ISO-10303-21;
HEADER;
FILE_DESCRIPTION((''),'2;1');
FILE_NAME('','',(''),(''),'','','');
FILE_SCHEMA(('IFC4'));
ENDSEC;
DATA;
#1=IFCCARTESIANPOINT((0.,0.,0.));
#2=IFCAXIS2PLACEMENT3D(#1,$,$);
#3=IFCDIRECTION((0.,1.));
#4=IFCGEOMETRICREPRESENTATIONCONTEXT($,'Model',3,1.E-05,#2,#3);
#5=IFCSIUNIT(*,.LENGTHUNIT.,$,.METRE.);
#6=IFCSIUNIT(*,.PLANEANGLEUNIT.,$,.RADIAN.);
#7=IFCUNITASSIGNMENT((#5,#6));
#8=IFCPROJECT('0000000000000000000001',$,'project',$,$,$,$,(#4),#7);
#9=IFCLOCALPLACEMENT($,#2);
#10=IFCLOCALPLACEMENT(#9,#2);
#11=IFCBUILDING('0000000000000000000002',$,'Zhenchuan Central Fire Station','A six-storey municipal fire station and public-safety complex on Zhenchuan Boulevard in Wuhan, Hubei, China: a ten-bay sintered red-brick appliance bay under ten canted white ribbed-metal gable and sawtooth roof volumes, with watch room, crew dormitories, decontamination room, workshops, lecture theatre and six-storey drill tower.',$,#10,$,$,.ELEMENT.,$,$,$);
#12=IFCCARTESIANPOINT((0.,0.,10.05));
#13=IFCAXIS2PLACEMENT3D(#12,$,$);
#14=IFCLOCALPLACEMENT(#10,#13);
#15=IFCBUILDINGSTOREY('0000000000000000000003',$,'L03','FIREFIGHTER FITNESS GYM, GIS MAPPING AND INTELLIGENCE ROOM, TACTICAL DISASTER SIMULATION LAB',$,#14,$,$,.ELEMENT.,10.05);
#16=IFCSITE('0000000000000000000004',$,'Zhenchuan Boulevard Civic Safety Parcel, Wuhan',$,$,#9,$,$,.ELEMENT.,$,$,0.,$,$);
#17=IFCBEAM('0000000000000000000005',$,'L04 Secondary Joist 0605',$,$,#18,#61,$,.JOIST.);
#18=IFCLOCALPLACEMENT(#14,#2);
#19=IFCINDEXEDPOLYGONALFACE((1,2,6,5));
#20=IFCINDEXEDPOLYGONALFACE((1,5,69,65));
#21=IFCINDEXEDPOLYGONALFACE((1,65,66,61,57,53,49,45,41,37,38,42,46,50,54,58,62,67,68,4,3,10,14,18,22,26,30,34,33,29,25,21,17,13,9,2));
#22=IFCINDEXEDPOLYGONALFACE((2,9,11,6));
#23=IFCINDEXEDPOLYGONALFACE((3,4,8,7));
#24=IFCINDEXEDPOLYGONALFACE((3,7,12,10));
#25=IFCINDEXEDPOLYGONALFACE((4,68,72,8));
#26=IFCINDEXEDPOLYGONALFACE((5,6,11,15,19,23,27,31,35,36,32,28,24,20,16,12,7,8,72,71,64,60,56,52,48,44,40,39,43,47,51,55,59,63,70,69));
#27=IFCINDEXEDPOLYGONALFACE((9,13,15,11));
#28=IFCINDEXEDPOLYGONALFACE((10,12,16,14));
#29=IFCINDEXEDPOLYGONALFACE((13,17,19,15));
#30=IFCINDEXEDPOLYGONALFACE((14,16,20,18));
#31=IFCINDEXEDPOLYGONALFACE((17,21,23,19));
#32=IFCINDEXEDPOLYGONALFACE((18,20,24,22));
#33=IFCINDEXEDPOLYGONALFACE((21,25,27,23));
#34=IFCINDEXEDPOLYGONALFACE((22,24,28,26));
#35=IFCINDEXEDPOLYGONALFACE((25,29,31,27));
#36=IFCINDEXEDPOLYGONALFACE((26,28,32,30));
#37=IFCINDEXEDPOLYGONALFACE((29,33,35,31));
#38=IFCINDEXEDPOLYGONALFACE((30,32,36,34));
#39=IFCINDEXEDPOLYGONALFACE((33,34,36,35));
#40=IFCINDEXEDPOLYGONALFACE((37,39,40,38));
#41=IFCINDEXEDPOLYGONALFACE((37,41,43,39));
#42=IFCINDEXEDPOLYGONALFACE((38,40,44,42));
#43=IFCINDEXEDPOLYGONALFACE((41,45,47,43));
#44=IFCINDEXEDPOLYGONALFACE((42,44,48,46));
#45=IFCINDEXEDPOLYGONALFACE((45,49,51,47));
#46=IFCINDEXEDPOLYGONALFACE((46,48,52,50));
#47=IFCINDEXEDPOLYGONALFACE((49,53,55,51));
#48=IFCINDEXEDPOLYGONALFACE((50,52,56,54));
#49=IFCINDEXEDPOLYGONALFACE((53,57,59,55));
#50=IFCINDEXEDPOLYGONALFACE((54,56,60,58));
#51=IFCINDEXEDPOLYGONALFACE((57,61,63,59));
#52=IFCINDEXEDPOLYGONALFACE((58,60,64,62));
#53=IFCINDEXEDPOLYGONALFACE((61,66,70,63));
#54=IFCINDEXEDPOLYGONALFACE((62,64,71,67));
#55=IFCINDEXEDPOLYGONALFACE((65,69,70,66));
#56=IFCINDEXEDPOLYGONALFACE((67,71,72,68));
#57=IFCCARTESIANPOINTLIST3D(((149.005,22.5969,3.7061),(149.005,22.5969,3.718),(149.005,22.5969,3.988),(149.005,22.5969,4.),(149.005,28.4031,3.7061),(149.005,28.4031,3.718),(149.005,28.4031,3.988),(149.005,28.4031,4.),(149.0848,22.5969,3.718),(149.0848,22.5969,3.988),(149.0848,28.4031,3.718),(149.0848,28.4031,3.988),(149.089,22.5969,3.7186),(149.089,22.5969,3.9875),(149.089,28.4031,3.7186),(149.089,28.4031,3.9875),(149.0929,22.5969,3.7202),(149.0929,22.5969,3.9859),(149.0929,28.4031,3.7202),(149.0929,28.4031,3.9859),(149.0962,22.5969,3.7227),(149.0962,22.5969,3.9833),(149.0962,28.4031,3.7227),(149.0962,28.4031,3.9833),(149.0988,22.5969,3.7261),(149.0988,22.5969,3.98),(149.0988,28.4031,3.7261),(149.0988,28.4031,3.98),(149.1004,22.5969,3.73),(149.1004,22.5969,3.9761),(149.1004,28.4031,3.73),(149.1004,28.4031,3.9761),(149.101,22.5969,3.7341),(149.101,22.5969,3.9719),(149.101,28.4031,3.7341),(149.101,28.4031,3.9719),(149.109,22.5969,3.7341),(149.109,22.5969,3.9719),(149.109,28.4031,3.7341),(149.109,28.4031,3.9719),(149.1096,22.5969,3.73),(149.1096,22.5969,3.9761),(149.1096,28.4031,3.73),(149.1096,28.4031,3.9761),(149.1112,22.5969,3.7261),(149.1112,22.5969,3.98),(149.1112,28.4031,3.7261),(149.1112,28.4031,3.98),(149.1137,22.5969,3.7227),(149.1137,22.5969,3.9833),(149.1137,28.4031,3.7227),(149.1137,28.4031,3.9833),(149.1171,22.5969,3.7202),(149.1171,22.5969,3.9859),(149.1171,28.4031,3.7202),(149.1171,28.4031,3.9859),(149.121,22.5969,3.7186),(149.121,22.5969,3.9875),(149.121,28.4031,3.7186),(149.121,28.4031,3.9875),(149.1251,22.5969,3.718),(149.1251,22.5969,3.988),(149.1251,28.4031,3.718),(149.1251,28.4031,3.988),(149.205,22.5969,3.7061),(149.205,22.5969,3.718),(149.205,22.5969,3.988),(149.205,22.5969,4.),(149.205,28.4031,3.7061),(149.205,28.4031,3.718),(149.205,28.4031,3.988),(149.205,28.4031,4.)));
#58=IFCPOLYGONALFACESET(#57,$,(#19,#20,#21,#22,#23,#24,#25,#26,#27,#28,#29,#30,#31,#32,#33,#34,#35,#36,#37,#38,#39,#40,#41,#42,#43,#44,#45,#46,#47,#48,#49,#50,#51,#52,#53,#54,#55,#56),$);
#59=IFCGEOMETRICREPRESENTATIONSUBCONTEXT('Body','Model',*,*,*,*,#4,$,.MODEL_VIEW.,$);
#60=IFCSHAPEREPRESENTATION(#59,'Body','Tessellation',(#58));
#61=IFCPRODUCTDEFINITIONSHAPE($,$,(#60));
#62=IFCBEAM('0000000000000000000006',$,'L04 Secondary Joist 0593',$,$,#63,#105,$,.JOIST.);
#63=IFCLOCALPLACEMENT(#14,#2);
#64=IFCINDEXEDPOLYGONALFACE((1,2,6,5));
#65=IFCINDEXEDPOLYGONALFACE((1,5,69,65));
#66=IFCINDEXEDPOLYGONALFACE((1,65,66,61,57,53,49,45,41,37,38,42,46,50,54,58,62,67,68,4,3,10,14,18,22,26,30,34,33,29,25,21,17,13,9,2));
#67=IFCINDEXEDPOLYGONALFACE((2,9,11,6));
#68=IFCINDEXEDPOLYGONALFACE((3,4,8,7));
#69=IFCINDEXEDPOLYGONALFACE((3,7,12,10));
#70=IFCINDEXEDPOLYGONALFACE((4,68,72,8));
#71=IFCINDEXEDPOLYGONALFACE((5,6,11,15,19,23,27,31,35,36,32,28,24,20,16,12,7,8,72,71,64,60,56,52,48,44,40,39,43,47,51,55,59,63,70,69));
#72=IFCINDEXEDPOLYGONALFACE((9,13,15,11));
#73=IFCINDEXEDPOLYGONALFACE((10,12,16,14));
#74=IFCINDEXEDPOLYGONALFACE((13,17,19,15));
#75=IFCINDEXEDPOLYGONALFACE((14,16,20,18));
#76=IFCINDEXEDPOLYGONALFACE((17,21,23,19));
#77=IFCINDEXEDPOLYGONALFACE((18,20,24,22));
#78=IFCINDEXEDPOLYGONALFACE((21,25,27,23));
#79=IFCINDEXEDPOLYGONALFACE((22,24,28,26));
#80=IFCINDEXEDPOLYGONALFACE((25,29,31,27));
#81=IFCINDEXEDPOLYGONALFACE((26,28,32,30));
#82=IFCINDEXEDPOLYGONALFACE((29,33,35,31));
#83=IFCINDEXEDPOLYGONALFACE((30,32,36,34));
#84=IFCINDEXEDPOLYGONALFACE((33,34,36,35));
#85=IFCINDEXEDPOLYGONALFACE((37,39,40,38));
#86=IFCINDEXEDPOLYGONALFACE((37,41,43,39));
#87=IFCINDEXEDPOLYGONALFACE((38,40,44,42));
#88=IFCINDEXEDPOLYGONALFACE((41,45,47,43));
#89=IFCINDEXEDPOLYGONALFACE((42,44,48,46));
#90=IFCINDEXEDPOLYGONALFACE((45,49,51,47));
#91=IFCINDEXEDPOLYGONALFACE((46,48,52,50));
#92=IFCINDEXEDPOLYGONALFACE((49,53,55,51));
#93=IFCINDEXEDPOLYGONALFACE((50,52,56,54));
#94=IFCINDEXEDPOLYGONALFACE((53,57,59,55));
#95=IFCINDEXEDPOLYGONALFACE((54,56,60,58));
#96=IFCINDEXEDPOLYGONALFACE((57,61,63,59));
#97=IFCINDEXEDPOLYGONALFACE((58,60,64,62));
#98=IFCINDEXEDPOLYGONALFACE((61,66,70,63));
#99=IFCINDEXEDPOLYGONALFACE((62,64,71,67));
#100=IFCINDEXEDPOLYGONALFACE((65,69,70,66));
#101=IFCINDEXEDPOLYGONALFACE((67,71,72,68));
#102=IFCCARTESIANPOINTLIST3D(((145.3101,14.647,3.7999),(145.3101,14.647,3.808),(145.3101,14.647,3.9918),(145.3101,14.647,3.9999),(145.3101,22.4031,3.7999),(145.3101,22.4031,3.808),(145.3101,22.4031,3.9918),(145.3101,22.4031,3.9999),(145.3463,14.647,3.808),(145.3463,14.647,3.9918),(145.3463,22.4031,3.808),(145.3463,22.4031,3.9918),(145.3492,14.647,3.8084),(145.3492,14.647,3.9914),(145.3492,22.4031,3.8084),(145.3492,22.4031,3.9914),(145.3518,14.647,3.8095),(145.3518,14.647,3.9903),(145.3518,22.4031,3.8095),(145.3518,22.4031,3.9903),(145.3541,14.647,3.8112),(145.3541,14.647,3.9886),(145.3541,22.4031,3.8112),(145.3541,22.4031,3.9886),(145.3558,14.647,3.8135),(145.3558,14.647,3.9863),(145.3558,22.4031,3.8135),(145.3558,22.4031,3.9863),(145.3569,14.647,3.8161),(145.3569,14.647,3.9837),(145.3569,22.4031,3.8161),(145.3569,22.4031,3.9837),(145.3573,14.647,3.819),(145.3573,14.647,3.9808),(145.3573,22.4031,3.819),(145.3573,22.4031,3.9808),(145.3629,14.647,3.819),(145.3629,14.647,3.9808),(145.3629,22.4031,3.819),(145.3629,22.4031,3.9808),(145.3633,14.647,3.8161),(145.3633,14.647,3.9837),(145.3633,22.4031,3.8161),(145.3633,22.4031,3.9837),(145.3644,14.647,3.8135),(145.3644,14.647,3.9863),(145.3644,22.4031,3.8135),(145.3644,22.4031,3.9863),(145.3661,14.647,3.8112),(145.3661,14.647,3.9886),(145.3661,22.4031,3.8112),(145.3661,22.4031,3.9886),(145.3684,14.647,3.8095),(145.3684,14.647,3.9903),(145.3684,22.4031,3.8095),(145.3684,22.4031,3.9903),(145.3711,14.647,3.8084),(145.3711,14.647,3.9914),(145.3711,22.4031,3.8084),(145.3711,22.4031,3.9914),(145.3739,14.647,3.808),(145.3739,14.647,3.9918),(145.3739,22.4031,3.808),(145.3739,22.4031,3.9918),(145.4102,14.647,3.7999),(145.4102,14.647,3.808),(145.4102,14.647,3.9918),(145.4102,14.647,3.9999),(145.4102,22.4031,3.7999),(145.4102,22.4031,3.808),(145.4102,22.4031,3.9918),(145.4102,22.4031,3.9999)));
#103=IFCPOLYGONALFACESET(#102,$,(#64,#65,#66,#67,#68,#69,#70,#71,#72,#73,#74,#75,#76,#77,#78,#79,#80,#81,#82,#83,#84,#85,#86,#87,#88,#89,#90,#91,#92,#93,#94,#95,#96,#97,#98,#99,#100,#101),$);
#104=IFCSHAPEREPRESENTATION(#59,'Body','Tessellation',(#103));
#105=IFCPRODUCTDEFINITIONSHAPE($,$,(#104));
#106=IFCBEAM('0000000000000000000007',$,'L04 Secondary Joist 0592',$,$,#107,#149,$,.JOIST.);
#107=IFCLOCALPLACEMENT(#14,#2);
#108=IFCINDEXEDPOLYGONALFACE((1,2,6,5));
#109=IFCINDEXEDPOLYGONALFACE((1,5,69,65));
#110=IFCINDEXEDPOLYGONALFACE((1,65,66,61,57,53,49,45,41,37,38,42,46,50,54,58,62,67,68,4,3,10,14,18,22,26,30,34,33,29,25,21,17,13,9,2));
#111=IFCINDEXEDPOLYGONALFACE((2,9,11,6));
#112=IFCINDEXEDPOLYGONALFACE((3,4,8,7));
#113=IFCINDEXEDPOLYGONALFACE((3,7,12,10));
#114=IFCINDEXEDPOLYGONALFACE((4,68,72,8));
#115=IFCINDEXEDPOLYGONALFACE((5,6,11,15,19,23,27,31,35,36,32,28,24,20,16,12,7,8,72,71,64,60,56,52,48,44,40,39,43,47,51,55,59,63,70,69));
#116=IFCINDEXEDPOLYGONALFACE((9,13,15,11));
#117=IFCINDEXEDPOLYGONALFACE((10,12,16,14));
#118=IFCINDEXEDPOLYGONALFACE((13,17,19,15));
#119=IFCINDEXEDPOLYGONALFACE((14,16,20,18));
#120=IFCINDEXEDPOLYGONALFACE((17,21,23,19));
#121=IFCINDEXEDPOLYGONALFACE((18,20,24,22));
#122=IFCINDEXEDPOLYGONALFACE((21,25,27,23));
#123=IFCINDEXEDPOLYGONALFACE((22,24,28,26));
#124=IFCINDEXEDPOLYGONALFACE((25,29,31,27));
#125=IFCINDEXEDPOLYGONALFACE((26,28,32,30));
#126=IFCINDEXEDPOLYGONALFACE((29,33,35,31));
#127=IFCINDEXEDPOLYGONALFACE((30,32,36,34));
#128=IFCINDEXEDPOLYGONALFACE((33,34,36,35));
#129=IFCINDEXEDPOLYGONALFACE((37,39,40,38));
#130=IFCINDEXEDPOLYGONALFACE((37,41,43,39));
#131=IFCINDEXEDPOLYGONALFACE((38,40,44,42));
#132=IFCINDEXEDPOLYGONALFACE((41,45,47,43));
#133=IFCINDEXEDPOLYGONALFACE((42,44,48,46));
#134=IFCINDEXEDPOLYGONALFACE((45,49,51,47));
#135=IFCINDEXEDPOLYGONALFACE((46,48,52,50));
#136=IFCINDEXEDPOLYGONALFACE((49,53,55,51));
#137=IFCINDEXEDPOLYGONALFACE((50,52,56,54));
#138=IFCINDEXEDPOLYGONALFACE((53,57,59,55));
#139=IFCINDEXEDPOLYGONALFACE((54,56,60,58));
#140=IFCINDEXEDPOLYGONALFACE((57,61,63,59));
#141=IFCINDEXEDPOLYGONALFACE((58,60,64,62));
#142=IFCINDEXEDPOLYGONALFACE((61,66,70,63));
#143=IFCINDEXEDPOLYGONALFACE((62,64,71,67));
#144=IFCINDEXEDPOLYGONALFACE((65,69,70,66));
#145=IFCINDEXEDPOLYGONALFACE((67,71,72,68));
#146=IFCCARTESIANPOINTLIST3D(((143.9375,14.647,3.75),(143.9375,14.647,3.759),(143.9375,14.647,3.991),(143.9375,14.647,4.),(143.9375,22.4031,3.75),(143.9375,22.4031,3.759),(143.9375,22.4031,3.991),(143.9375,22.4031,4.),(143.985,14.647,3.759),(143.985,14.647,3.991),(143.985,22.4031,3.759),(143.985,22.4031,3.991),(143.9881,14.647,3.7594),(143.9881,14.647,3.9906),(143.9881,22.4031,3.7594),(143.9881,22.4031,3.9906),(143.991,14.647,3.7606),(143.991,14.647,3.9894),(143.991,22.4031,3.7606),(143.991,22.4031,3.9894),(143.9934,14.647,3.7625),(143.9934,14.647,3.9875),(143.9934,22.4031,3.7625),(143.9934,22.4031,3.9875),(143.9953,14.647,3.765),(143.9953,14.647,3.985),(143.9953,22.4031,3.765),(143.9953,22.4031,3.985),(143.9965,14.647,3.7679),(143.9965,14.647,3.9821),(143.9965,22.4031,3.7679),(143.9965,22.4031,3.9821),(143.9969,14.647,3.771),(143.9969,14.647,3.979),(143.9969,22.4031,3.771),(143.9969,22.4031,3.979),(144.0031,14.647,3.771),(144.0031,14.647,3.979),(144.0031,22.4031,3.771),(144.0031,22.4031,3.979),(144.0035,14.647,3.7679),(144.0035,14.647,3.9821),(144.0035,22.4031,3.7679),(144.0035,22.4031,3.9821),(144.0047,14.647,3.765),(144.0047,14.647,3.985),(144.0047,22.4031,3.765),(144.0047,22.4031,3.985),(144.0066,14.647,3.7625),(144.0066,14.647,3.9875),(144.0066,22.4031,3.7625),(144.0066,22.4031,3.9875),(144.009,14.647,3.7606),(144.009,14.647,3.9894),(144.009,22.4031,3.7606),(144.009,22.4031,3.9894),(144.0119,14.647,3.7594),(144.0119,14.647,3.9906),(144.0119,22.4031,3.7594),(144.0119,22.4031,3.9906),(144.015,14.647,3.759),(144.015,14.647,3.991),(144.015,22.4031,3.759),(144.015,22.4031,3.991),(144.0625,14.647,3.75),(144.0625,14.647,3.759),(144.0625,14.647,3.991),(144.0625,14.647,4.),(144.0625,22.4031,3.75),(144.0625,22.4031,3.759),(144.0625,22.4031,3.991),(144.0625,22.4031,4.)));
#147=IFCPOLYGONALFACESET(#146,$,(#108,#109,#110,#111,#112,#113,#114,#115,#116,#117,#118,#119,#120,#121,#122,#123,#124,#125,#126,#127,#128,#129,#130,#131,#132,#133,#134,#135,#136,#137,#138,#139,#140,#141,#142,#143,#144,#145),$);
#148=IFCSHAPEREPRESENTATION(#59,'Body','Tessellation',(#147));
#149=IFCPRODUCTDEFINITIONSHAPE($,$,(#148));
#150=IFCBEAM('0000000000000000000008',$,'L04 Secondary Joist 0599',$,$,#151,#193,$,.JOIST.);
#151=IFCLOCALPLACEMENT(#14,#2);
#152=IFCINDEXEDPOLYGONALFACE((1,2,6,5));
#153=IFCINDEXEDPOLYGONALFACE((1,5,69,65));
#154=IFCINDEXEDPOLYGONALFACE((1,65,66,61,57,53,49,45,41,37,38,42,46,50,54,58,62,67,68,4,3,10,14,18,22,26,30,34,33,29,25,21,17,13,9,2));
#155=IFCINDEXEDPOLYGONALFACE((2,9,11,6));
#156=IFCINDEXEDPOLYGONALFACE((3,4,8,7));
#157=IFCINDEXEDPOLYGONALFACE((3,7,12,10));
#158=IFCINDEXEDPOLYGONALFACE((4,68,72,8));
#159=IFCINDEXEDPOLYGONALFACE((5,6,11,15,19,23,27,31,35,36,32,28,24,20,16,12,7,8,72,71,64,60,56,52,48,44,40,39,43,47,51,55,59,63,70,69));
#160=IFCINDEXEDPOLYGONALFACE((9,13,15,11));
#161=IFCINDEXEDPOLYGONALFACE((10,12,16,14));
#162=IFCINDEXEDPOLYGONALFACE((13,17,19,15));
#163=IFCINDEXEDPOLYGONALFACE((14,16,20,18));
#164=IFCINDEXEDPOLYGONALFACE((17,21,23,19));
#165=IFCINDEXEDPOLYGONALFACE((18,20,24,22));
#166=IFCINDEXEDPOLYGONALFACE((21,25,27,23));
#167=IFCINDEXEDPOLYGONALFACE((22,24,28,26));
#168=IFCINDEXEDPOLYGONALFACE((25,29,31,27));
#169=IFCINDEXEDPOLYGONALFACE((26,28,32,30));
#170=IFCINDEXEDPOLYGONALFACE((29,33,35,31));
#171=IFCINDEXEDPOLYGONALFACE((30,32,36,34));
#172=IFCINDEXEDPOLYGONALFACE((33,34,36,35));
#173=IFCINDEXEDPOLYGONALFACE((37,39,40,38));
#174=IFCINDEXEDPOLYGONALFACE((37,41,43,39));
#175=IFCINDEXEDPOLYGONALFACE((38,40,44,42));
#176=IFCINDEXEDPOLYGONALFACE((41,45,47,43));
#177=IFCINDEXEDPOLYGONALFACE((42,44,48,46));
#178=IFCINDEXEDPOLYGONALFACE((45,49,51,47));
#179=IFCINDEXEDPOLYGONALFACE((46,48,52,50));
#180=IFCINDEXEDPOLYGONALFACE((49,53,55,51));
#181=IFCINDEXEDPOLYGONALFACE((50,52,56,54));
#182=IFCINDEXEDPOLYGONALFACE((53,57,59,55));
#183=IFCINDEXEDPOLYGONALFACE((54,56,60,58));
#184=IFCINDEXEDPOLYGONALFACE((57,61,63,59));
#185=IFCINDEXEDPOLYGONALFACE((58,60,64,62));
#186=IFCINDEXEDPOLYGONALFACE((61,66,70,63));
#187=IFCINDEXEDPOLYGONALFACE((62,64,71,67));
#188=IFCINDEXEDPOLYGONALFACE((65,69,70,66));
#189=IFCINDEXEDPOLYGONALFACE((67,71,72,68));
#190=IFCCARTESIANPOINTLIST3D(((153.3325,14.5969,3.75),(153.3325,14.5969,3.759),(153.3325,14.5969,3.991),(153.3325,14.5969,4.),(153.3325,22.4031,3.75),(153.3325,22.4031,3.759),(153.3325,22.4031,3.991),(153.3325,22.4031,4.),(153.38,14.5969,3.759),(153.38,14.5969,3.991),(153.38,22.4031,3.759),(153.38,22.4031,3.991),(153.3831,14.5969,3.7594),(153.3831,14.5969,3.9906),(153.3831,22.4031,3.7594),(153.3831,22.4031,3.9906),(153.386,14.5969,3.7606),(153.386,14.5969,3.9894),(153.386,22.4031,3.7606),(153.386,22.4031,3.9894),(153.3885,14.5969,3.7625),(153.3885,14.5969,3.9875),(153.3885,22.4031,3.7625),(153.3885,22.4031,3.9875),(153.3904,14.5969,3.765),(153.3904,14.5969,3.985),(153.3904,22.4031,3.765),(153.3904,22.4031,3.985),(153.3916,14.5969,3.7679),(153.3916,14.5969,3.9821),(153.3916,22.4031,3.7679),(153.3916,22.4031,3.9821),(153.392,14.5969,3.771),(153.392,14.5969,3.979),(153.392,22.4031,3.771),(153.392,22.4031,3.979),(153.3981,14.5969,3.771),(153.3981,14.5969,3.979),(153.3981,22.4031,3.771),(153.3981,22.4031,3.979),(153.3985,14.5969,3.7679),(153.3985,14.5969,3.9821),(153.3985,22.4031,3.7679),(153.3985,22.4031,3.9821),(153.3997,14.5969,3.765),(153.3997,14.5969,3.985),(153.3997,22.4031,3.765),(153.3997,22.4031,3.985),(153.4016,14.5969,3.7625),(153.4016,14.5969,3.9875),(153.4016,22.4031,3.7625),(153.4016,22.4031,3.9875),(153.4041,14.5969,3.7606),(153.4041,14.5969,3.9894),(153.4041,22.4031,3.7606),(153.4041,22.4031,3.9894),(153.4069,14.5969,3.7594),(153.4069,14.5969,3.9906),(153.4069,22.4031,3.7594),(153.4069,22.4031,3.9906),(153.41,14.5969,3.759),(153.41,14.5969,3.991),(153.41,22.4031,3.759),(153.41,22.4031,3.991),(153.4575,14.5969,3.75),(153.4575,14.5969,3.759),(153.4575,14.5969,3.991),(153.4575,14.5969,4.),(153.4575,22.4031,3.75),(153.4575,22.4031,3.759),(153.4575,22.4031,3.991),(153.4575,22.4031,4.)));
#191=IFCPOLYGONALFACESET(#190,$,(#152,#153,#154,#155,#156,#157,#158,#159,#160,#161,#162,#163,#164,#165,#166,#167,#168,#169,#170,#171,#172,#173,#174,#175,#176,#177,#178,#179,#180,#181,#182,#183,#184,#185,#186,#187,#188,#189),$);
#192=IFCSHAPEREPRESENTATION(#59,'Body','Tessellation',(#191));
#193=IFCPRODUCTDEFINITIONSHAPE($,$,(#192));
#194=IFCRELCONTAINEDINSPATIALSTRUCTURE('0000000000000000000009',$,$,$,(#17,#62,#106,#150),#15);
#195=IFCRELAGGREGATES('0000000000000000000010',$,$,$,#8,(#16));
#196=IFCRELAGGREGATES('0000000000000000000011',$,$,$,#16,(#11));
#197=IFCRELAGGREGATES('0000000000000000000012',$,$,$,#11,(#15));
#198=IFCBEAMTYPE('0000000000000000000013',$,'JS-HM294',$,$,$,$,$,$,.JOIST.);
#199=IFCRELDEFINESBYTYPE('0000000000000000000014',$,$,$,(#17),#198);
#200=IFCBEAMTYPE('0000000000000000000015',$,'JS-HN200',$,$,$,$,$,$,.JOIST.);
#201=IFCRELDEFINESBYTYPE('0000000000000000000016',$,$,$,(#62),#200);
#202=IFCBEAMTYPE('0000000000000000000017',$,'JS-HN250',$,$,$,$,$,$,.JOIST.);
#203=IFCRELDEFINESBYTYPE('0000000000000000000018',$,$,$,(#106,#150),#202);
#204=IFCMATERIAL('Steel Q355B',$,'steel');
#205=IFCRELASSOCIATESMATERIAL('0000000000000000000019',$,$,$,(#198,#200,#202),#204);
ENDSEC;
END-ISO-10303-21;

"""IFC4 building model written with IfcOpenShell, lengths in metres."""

from ifc_helpers import new_model, si_unit, direction, frame, origin, origin_2d, place, context, subcontext, project, spatial, i_section, extrude, material, material_profile, profile_set, type_object, element, save


model = new_model("IFC4")

# Units and contexts
model_context = context("Model", 3, precision=1e-05, world=origin(), true_north=direction((0.0, 1.0)))
body_context = subcontext(model_context, "Body", "Model", "MODEL_VIEW")
ifc_project = project(units=[si_unit("LENGTHUNIT", "METRE"), si_unit("PLANEANGLEUNIT", "RADIAN")], contexts=[model_context])

# Site, building, storey
site_placement = place(None, origin())
site = spatial("IfcSite", under=ifc_project, at=site_placement, Name="Zhenchuan Boulevard Civic Safety Parcel, Wuhan", CompositionType="ELEMENT", RefElevation=0.0)
building_placement = place(site_placement, origin())
building = spatial("IfcBuilding", under=site, at=building_placement, Name="Zhenchuan Central Fire Station", Description="A six-storey municipal fire station and public-safety complex on Zhenchuan Boulevard in Wuhan, Hubei, China: a ten-bay sintered red-brick appliance bay under ten canted white ribbed-metal gable and sawtooth roof volumes, with watch room, crew dormitories, decontamination room, workshops, lecture theatre and six-storey drill tower.", CompositionType="ELEMENT")
storey_placement = place(building_placement, frame((0.0, 0.0, 10.05)))
storey = spatial("IfcBuildingStorey", under=building, at=storey_placement, Name="L03", Description="FIREFIGHTER FITNESS GYM, GIS MAPPING AND INTELLIGENCE ROOM, TACTICAL DISASTER SIMULATION LAB", CompositionType="ELEMENT", Elevation=10.05)

# Shared definitions
ifc_material_1 = material(Name="Steel Q355B", Category="steel")

# Beams
ifc_material_profile_1 = material_profile(ifc_material_1, i_section(OverallWidth=0.2, OverallDepth=0.2939, WebThickness=0.0081, FlangeThickness=0.012, FilletRadius=0.0161, at=origin_2d()), Name="HM 294x200")
ifc_profile_set_1 = profile_set([ifc_material_profile_1], Name="Steel Q355B")
beam_type_1 = type_object("IfcBeamType", Name="JS-HM294", PredefinedType="JOIST", material=ifc_profile_set_1)
beam_1_placement = place(storey_placement, frame((149.105, 22.5969, 3.853), z_axis=(0.0, 1.0, 0.0), x_axis=(-1.0, 0.0, 0.0)))
element("IfcBeam", 1, at=beam_1_placement, inside=storey, type_object=beam_type_1, Name="L04 Secondary Joist 0605", PredefinedType="JOIST", context=body_context, shape_type="SweptSolid", body=[
    extrude(i_section(OverallWidth=0.2, OverallDepth=0.2939, WebThickness=0.0081, FlangeThickness=0.012, FilletRadius=0.0161, at=origin_2d()), origin(), (0.0, 0.0, 1.0), 5.8062),
])
ifc_material_profile_2 = material_profile(ifc_material_1, i_section(OverallWidth=0.1001, OverallDepth=0.2, WebThickness=0.0056, FlangeThickness=0.0081, FilletRadius=0.011, at=origin_2d()), Name="HN 200x100")
ifc_profile_set_2 = profile_set([ifc_material_profile_2], Name="Steel Q355B")
beam_type_2 = type_object("IfcBeamType", Name="JS-HN200", PredefinedType="JOIST", material=ifc_profile_set_2)
beam_2_placement = place(storey_placement, frame((145.3601, 14.647, 3.8999), z_axis=(0.0, 1.0, 0.0), x_axis=(-1.0, 0.0, 0.0)))
element("IfcBeam", 2, at=beam_2_placement, inside=storey, type_object=beam_type_2, Name="L04 Secondary Joist 0593", PredefinedType="JOIST", context=body_context, shape_type="SweptSolid", body=[
    extrude(i_section(OverallWidth=0.1001, OverallDepth=0.2, WebThickness=0.0056, FlangeThickness=0.0081, FilletRadius=0.011, at=origin_2d()), origin(), (0.0, 0.0, 1.0), 7.7561),
])
ifc_material_profile_3 = material_profile(ifc_material_1, i_section(OverallWidth=0.125, OverallDepth=0.25, WebThickness=0.0061, FlangeThickness=0.009, FilletRadius=0.012, at=origin_2d()), Name="HN 250x125")
ifc_profile_set_3 = profile_set([ifc_material_profile_3], Name="Steel Q355B")
beam_type_3 = type_object("IfcBeamType", Name="JS-HN250", PredefinedType="JOIST", material=ifc_profile_set_3)
beam_3_placement = place(storey_placement, frame((144.0, 14.647, 3.875), z_axis=(0.0, 1.0, 0.0), x_axis=(-1.0, 0.0, 0.0)))
element("IfcBeam", 3, at=beam_3_placement, inside=storey, type_object=beam_type_3, Name="L04 Secondary Joist 0592", PredefinedType="JOIST", context=body_context, shape_type="SweptSolid", body=[
    extrude(i_section(OverallWidth=0.125, OverallDepth=0.25, WebThickness=0.0061, FlangeThickness=0.009, FilletRadius=0.012, at=origin_2d()), origin(), (0.0, 0.0, 1.0), 7.7561),
])
beam_4_placement = place(storey_placement, frame((153.395, 14.5969, 3.875), z_axis=(0.0, 1.0, 0.0), x_axis=(-1.0, 0.0, 0.0)))
element("IfcBeam", 4, at=beam_4_placement, inside=storey, type_object=beam_type_3, Name="L04 Secondary Joist 0599", PredefinedType="JOIST", context=body_context, shape_type="SweptSolid", body=[
    extrude(i_section(OverallWidth=0.125, OverallDepth=0.25, WebThickness=0.0061, FlangeThickness=0.009, FilletRadius=0.012, at=origin_2d()), origin(), (0.0, 0.0, 1.0), 7.8062),
])

save(model, "model.ifc")
